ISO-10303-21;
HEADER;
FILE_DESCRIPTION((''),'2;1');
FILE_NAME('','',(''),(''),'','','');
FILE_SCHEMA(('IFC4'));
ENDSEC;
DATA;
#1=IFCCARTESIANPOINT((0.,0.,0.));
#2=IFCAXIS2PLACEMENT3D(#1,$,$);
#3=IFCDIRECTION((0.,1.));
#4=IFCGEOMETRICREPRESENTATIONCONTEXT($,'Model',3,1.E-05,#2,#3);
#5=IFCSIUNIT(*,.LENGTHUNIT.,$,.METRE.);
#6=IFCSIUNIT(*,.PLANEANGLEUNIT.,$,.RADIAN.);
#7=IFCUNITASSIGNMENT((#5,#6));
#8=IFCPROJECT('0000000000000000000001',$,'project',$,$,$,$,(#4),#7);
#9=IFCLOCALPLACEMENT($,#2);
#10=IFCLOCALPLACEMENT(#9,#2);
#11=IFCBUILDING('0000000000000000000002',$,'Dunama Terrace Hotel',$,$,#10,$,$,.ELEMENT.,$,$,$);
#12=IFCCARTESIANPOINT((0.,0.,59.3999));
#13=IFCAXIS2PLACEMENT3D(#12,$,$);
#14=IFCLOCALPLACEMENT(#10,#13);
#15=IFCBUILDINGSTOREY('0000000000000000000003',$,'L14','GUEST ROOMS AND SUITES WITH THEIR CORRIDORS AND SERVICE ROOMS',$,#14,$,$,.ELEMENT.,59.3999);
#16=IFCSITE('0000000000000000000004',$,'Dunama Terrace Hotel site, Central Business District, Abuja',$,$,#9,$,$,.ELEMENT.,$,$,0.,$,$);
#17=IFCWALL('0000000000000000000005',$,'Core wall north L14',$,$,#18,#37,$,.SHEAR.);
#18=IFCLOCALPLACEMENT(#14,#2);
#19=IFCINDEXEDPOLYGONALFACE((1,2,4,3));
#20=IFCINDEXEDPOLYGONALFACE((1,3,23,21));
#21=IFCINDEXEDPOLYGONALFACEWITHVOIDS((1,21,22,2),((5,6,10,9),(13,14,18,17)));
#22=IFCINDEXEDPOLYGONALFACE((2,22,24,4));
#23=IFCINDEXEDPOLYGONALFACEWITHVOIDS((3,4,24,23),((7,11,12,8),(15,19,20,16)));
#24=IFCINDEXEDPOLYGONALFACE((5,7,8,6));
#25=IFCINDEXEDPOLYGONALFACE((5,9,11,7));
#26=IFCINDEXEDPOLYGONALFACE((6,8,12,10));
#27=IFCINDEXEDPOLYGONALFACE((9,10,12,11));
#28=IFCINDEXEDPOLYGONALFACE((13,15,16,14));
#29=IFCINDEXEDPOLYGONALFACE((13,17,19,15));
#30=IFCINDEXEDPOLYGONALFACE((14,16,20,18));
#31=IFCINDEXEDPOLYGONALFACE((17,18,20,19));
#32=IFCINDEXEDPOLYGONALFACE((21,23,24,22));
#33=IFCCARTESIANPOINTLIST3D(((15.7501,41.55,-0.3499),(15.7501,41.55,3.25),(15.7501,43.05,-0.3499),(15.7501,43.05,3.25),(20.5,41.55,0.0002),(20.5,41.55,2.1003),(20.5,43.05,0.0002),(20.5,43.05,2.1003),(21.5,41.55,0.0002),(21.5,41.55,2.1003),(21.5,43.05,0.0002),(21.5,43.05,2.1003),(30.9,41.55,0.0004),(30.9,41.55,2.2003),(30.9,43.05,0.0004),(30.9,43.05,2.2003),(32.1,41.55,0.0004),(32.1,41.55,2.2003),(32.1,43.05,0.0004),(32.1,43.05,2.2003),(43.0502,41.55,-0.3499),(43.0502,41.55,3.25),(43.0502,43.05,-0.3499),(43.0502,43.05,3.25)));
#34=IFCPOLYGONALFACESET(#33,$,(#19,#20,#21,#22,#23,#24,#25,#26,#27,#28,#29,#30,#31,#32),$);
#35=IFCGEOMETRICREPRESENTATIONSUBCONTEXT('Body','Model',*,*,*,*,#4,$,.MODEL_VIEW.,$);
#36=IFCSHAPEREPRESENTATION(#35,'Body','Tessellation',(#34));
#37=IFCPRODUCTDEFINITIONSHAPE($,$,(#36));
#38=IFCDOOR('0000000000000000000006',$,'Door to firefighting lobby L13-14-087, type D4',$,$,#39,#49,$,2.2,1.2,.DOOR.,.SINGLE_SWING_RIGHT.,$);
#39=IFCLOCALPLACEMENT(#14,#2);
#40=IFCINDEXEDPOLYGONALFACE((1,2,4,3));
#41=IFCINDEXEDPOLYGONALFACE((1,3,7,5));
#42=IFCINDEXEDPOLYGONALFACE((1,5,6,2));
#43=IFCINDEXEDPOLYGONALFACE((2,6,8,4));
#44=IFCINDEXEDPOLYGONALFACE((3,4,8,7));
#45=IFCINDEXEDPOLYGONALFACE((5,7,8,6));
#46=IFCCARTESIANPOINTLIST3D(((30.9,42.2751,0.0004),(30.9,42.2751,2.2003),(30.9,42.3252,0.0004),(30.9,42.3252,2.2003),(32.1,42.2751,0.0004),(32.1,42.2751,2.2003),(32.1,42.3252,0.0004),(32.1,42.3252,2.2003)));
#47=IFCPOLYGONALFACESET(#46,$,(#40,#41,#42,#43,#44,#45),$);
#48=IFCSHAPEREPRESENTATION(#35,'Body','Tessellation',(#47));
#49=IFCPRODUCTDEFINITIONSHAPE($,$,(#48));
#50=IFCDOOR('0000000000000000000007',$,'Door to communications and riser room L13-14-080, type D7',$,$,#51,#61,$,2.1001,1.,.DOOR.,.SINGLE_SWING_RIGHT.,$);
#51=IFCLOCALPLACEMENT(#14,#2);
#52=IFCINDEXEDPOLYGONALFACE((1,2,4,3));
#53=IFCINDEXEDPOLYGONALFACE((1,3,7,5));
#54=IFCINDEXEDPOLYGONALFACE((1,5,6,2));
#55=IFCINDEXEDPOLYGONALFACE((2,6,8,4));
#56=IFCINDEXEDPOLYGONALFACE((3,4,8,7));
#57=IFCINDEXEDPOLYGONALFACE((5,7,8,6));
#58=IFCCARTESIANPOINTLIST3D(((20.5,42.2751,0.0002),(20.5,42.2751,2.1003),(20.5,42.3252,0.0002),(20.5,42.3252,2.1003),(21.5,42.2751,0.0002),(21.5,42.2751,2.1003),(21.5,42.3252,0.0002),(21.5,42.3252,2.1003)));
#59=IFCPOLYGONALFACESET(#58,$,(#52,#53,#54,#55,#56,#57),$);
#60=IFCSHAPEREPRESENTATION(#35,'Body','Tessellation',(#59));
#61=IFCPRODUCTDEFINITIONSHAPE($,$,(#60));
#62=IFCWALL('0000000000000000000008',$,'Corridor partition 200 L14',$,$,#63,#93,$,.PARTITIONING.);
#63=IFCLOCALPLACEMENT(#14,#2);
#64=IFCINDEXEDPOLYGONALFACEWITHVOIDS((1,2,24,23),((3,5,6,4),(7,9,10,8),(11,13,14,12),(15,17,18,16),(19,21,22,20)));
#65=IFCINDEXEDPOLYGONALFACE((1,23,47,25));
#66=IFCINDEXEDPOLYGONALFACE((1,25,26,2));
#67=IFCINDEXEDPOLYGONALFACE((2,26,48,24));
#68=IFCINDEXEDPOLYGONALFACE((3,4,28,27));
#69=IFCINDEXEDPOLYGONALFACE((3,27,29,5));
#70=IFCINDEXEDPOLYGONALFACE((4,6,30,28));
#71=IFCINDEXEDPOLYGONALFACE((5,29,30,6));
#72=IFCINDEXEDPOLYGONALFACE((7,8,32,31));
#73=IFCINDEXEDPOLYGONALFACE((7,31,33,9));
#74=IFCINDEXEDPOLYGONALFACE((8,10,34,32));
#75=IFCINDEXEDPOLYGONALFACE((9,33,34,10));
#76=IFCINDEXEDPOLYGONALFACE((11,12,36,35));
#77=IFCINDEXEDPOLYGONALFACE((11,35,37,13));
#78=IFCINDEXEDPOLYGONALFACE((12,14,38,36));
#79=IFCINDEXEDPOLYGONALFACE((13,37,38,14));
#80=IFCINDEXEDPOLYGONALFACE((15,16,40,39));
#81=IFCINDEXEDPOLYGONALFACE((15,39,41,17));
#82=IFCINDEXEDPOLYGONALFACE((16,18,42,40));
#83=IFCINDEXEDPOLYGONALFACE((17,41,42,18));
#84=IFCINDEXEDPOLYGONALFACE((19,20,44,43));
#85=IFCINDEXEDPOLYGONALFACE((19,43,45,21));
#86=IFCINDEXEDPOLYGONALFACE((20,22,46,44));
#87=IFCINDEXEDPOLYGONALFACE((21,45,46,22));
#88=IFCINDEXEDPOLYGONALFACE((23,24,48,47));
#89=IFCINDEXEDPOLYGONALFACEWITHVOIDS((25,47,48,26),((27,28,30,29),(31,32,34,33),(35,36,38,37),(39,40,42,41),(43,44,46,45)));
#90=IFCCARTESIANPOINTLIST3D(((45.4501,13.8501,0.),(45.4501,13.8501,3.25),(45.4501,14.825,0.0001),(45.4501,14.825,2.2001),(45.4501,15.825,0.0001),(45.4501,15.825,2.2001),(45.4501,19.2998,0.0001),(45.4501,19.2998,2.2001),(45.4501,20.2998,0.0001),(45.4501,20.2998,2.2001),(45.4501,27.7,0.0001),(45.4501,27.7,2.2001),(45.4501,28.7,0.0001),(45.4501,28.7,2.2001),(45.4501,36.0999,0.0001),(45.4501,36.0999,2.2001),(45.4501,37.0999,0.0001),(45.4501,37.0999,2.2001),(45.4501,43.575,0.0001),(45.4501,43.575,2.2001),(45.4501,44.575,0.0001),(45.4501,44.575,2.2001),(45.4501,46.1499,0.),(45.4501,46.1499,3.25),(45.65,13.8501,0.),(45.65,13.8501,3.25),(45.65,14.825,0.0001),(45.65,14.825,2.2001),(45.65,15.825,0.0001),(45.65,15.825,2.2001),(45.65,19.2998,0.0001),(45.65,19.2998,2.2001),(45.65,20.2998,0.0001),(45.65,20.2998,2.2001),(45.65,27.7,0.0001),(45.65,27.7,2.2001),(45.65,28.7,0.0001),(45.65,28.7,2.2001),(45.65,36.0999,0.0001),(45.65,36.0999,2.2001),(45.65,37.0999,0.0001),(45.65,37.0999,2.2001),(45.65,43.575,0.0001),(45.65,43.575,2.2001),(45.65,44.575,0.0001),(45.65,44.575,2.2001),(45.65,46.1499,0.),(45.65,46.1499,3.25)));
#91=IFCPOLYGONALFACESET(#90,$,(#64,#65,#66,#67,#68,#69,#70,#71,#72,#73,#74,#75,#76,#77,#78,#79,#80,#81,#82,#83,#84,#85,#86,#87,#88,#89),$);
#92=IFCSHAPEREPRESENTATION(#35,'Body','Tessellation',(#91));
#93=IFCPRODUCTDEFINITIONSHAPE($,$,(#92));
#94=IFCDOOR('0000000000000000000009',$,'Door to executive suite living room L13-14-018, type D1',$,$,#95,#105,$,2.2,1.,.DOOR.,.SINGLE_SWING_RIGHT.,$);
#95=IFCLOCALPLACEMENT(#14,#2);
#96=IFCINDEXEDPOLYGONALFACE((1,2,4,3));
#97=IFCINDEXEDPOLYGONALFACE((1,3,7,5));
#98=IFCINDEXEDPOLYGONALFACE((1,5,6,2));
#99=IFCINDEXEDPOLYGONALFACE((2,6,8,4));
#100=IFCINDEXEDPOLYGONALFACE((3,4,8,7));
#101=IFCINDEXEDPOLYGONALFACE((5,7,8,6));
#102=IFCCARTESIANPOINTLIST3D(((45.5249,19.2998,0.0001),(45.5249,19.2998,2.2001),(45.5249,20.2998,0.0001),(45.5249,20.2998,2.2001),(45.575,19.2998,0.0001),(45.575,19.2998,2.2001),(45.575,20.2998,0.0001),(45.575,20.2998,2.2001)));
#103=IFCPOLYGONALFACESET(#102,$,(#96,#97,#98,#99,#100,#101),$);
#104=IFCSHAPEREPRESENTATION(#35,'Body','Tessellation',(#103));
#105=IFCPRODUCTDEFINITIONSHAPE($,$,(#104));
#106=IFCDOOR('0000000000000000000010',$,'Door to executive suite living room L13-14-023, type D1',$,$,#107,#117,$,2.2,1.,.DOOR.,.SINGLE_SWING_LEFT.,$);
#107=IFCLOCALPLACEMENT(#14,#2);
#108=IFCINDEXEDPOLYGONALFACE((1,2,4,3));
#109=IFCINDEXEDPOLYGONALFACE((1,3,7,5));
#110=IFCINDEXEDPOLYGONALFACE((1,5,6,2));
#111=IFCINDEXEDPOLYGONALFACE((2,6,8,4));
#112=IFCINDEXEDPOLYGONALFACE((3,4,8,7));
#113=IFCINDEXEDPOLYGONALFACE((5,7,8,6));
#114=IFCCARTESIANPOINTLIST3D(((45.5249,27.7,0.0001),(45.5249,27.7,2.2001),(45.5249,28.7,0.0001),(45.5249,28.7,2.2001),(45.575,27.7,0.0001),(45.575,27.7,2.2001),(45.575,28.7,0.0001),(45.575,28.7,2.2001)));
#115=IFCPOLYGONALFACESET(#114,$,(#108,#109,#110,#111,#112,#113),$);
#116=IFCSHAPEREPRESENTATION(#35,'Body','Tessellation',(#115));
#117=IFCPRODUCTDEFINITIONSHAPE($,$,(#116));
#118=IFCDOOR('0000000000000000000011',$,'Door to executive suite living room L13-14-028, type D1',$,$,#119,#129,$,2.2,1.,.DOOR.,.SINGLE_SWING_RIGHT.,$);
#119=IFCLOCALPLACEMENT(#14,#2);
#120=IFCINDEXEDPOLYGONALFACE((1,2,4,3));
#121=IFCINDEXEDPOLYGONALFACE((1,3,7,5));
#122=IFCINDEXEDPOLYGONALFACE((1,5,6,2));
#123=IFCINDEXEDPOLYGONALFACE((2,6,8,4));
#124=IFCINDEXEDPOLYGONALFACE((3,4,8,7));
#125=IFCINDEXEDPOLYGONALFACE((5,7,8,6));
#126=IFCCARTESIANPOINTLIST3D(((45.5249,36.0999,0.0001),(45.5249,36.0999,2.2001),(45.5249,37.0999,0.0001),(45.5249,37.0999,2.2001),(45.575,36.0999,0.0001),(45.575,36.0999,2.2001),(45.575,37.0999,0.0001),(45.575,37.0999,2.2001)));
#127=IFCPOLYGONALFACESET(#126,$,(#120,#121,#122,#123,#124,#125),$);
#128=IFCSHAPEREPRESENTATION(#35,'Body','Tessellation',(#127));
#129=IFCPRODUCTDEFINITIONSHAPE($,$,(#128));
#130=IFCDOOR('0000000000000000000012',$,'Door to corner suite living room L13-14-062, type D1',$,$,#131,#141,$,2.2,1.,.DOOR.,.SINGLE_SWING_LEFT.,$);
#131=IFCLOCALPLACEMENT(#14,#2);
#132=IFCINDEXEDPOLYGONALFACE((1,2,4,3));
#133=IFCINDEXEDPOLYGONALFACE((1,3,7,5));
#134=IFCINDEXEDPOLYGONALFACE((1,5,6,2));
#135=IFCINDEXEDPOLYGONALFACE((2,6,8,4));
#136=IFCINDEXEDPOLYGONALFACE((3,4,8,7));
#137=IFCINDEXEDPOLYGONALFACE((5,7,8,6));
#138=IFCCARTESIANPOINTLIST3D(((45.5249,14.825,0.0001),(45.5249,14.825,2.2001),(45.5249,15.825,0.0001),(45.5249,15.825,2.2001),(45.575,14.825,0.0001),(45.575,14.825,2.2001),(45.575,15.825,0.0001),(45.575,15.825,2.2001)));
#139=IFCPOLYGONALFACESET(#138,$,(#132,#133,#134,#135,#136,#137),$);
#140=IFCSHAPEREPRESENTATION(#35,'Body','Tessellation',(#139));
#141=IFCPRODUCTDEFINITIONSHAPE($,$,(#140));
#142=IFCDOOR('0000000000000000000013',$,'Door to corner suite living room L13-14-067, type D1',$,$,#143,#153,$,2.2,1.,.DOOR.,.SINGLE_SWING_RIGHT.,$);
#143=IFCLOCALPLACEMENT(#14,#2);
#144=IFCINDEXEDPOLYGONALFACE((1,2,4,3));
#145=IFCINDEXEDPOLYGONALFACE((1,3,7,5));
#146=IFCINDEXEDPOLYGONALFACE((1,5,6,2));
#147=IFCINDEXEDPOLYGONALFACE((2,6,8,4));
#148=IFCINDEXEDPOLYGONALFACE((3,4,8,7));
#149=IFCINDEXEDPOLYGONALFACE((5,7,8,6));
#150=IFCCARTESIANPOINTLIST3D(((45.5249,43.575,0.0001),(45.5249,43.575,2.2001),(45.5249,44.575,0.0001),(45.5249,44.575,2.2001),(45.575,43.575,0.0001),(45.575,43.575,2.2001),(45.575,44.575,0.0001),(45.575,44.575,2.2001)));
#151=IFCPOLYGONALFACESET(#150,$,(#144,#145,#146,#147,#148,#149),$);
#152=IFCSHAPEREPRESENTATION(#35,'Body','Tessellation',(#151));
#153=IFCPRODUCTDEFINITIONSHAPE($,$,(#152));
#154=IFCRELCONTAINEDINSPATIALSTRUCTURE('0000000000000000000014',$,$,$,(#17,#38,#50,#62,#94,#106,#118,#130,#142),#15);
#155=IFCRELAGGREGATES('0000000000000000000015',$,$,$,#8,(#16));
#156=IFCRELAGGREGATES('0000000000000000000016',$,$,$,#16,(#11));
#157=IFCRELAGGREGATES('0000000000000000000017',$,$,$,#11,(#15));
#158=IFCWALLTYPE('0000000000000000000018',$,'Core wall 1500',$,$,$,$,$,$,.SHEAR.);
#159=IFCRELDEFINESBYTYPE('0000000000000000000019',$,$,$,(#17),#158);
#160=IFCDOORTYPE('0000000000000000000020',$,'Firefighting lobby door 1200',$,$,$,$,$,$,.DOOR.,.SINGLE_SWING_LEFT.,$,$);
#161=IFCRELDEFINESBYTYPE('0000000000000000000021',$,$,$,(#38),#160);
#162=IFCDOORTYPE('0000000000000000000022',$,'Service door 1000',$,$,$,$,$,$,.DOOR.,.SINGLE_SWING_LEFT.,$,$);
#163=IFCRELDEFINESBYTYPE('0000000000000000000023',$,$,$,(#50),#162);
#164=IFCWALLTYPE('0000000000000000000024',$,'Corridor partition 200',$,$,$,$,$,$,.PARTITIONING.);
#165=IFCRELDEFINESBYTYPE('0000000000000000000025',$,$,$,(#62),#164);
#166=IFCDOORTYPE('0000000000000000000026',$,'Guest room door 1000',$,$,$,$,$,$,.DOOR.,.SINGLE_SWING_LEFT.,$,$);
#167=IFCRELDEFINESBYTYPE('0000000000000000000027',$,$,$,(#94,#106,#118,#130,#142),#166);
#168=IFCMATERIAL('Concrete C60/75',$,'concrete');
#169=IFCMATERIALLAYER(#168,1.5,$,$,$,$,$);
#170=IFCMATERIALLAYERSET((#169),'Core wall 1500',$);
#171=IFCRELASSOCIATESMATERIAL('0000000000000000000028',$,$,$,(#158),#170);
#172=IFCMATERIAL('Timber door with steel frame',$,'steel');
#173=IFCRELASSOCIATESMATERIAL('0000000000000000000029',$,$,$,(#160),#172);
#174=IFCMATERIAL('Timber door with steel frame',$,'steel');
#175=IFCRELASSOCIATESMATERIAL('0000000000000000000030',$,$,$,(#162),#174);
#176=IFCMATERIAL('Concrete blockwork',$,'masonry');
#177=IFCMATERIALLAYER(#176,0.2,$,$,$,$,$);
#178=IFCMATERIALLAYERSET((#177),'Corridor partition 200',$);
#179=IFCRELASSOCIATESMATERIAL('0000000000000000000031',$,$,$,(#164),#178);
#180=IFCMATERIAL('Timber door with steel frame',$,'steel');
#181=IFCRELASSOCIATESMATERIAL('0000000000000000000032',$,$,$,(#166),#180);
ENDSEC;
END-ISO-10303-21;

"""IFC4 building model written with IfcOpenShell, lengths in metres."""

from ifc_helpers import new_model, si_unit, direction, frame, frame_2d, origin, place, context, subcontext, project, spatial, rectangle, extrude, material, layer, layer_set, type_object, element, fill, save


model = new_model("IFC4")

# Units and contexts
model_context = context("Model", 3, precision=1e-05, world=origin(), true_north=direction((0.0, 1.0)))
body_context = subcontext(model_context, "Body", "Model", "MODEL_VIEW")
ifc_project = project(units=[si_unit("LENGTHUNIT", "METRE"), si_unit("PLANEANGLEUNIT", "RADIAN")], contexts=[model_context])

# Site, building, storey
site_placement = place(None, origin())
site = spatial("IfcSite", under=ifc_project, at=site_placement, Name="Dunama Terrace Hotel site, Central Business District, Abuja", CompositionType="ELEMENT", RefElevation=0.0)
building_placement = place(site_placement, origin())
building = spatial("IfcBuilding", under=site, at=building_placement, Name="Dunama Terrace Hotel", CompositionType="ELEMENT")
storey_placement = place(building_placement, frame((0.0, 0.0, 59.3999)))
storey = spatial("IfcBuildingStorey", under=building, at=storey_placement, Name="L14", Description="GUEST ROOMS AND SUITES WITH THEIR CORRIDORS AND SERVICE ROOMS", CompositionType="ELEMENT", Elevation=59.3999)

# Walls, openings, doors
ifc_material_1 = material(Name="Concrete C60/75", Category="concrete")
ifc_layer_1 = layer(ifc_material_1, 1.5)
ifc_layer_set_1 = layer_set([ifc_layer_1], Name="Core wall 1500")
wall_type_1 = type_object("IfcWallType", Name="Core wall 1500", PredefinedType="SHEAR", material=ifc_layer_set_1)
wall_1_placement = place(storey_placement, frame((43.05, 42.3, -0.3499), z_axis=(0.0, 0.0, 1.0), x_axis=(-1.0, 0.0, 0.0)))
wall_1 = element("IfcWall", 1, at=wall_1_placement, inside=storey, type_object=wall_type_1, Name="Core wall north L14", PredefinedType="SHEAR", context=body_context, shape_type="SweptSolid", body=[
    extrude(rectangle(XDim=27.3, YDim=1.5, at=frame_2d((13.6499, 0.0))), origin(), (0.0, 0.0, 1.0), 3.5999),
])
opening_1_placement = place(wall_1_placement, frame((21.55, 0.0, 0.3501)))
opening_1 = element("IfcOpeningElement", 2, at=opening_1_placement, cuts=wall_1, PredefinedType="OPENING", context=body_context, shape_type="SweptSolid", body=[
    extrude(rectangle(XDim=1.0, YDim=2.1001, at=frame_2d((0.5, 1.05))), frame((0.0, 0.76, 0.0), z_axis=(0.0, -1.0, 0.0), x_axis=(1.0, 0.0, 0.0)), (0.0, 0.0, 1.0), 1.52),
])
opening_2_placement = place(wall_1_placement, frame((10.95, 0.0, 0.3501)))
opening_2 = element("IfcOpeningElement", 3, at=opening_2_placement, cuts=wall_1, PredefinedType="OPENING", context=body_context, shape_type="SweptSolid", body=[
    extrude(rectangle(XDim=1.2, YDim=2.2, at=frame_2d((0.6001, 1.1001))), frame((0.0, 0.76, 0.0), z_axis=(0.0, -1.0, 0.0), x_axis=(1.0, 0.0, 0.0)), (0.0, 0.0, 1.0), 1.52),
])
ifc_material_2 = material(Name="Timber door with steel frame", Category="steel")
door_type_1 = type_object("IfcDoorType", Name="Firefighting lobby door 1200", OperationType="SINGLE_SWING_LEFT", PredefinedType="DOOR", material=ifc_material_2)
door_1_placement = place(opening_2_placement, origin())
door_1 = element("IfcDoor", 4, at=door_1_placement, inside=storey, type_object=door_type_1, Name="Door to firefighting lobby L13-14-087, type D4", OperationType="SINGLE_SWING_RIGHT", OverallHeight=2.2, OverallWidth=1.2, PredefinedType="DOOR", context=body_context, shape_type="SweptSolid", body=[
    extrude(rectangle(XDim=1.2, YDim=2.2, at=frame_2d((0.6001, 1.1001))), frame((0.0, 0.0249, 0.0), z_axis=(0.0, -1.0, 0.0), x_axis=(1.0, 0.0, 0.0)), (0.0, 0.0, 1.0), 0.05),
])
fill(opening_2, door_1)
ifc_material_3 = material(Name="Timber door with steel frame", Category="steel")
door_type_2 = type_object("IfcDoorType", Name="Service door 1000", OperationType="SINGLE_SWING_LEFT", PredefinedType="DOOR", material=ifc_material_3)
door_2_placement = place(opening_1_placement, origin())
door_2 = element("IfcDoor", 5, at=door_2_placement, inside=storey, type_object=door_type_2, Name="Door to communications and riser room L13-14-080, type D7", OperationType="SINGLE_SWING_RIGHT", OverallHeight=2.1001, OverallWidth=1.0, PredefinedType="DOOR", context=body_context, shape_type="SweptSolid", body=[
    extrude(rectangle(XDim=1.0, YDim=2.1001, at=frame_2d((0.5, 1.05))), frame((0.0, 0.0249, 0.0), z_axis=(0.0, -1.0, 0.0), x_axis=(1.0, 0.0, 0.0)), (0.0, 0.0, 1.0), 0.05),
])
fill(opening_1, door_2)
ifc_material_4 = material(Name="Concrete blockwork", Category="masonry")
ifc_layer_2 = layer(ifc_material_4, 0.2)
ifc_layer_set_2 = layer_set([ifc_layer_2], Name="Corridor partition 200")
wall_type_2 = type_object("IfcWallType", Name="Corridor partition 200", PredefinedType="PARTITIONING", material=ifc_layer_set_2)
wall_2_placement = place(storey_placement, frame((45.55, 46.1499, 0.0), z_axis=(0.0, 0.0, 1.0), x_axis=(0.0, -1.0, 0.0)))
wall_2 = element("IfcWall", 6, at=wall_2_placement, inside=storey, type_object=wall_type_2, Name="Corridor partition 200 L14", PredefinedType="PARTITIONING", context=body_context, shape_type="SweptSolid", body=[
    extrude(rectangle(XDim=32.2998, YDim=0.2, at=frame_2d((16.1499, 0.0))), origin(), (0.0, 0.0, 1.0), 3.25),
])
opening_3_placement = place(wall_2_placement, frame((25.8501, 0.0, 0.0)))
opening_3 = element("IfcOpeningElement", 7, at=opening_3_placement, cuts=wall_2, PredefinedType="OPENING", context=body_context, shape_type="SweptSolid", body=[
    extrude(rectangle(XDim=1.0, YDim=2.2, at=frame_2d((0.5, 1.1001))), frame((0.0, 0.1099, 0.0), z_axis=(0.0, -1.0, 0.0), x_axis=(1.0, 0.0, 0.0)), (0.0, 0.0, 1.0), 0.22),
])
opening_4_placement = place(wall_2_placement, frame((17.45, 0.0, 0.0)))
opening_4 = element("IfcOpeningElement", 8, at=opening_4_placement, cuts=wall_2, PredefinedType="OPENING", context=body_context, shape_type="SweptSolid", body=[
    extrude(rectangle(XDim=1.0, YDim=2.2, at=frame_2d((0.5, 1.1001))), frame((0.0, 0.1099, 0.0), z_axis=(0.0, -1.0, 0.0), x_axis=(1.0, 0.0, 0.0)), (0.0, 0.0, 1.0), 0.22),
])
opening_5_placement = place(wall_2_placement, frame((9.05, 0.0, 0.0)))
opening_5 = element("IfcOpeningElement", 9, at=opening_5_placement, cuts=wall_2, PredefinedType="OPENING", context=body_context, shape_type="SweptSolid", body=[
    extrude(rectangle(XDim=1.0, YDim=2.2, at=frame_2d((0.5, 1.1001))), frame((0.0, 0.1099, 0.0), z_axis=(0.0, -1.0, 0.0), x_axis=(1.0, 0.0, 0.0)), (0.0, 0.0, 1.0), 0.22),
])
opening_6_placement = place(wall_2_placement, frame((30.325, 0.0, 0.0)))
opening_6 = element("IfcOpeningElement", 10, at=opening_6_placement, cuts=wall_2, PredefinedType="OPENING", context=body_context, shape_type="SweptSolid", body=[
    extrude(rectangle(XDim=1.0, YDim=2.2, at=frame_2d((0.5, 1.1001))), frame((0.0, 0.1099, 0.0), z_axis=(0.0, -1.0, 0.0), x_axis=(1.0, 0.0, 0.0)), (0.0, 0.0, 1.0), 0.22),
])
opening_7_placement = place(wall_2_placement, frame((1.575, 0.0, 0.0)))
opening_7 = element("IfcOpeningElement", 11, at=opening_7_placement, cuts=wall_2, PredefinedType="OPENING", context=body_context, shape_type="SweptSolid", body=[
    extrude(rectangle(XDim=1.0, YDim=2.2, at=frame_2d((0.5, 1.1001))), frame((0.0, 0.1099, 0.0), z_axis=(0.0, -1.0, 0.0), x_axis=(1.0, 0.0, 0.0)), (0.0, 0.0, 1.0), 0.22),
])
ifc_material_5 = material(Name="Timber door with steel frame", Category="steel")
door_type_3 = type_object("IfcDoorType", Name="Guest room door 1000", OperationType="SINGLE_SWING_LEFT", PredefinedType="DOOR", material=ifc_material_5)
door_3_placement = place(opening_3_placement, origin())
door_3 = element("IfcDoor", 12, at=door_3_placement, inside=storey, type_object=door_type_3, Name="Door to executive suite living room L13-14-018, type D1", OperationType="SINGLE_SWING_RIGHT", OverallHeight=2.2, OverallWidth=1.0, PredefinedType="DOOR", context=body_context, shape_type="SweptSolid", body=[
    extrude(rectangle(XDim=1.0, YDim=2.2, at=frame_2d((0.5, 1.1001))), frame((0.0, 0.0249, 0.0), z_axis=(0.0, -1.0, 0.0), x_axis=(1.0, 0.0, 0.0)), (0.0, 0.0, 1.0), 0.05),
])
fill(opening_3, door_3)
door_4_placement = place(opening_4_placement, origin())
door_4 = element("IfcDoor", 13, at=door_4_placement, inside=storey, type_object=door_type_3, Name="Door to executive suite living room L13-14-023, type D1", OperationType="SINGLE_SWING_LEFT", OverallHeight=2.2, OverallWidth=1.0, PredefinedType="DOOR", context=body_context, shape_type="SweptSolid", body=[
    extrude(rectangle(XDim=1.0, YDim=2.2, at=frame_2d((0.5, 1.1001))), frame((0.0, 0.0249, 0.0), z_axis=(0.0, -1.0, 0.0), x_axis=(1.0, 0.0, 0.0)), (0.0, 0.0, 1.0), 0.05),
])
fill(opening_4, door_4)
door_5_placement = place(opening_5_placement, origin())
door_5 = element("IfcDoor", 14, at=door_5_placement, inside=storey, type_object=door_type_3, Name="Door to executive suite living room L13-14-028, type D1", OperationType="SINGLE_SWING_RIGHT", OverallHeight=2.2, OverallWidth=1.0, PredefinedType="DOOR", context=body_context, shape_type="SweptSolid", body=[
    extrude(rectangle(XDim=1.0, YDim=2.2, at=frame_2d((0.5, 1.1001))), frame((0.0, 0.0249, 0.0), z_axis=(0.0, -1.0, 0.0), x_axis=(1.0, 0.0, 0.0)), (0.0, 0.0, 1.0), 0.05),
])
fill(opening_5, door_5)
door_6_placement = place(opening_6_placement, origin())
door_6 = element("IfcDoor", 15, at=door_6_placement, inside=storey, type_object=door_type_3, Name="Door to corner suite living room L13-14-062, type D1", OperationType="SINGLE_SWING_LEFT", OverallHeight=2.2, OverallWidth=1.0, PredefinedType="DOOR", context=body_context, shape_type="SweptSolid", body=[
    extrude(rectangle(XDim=1.0, YDim=2.2, at=frame_2d((0.5, 1.1001))), frame((0.0, 0.0249, 0.0), z_axis=(0.0, -1.0, 0.0), x_axis=(1.0, 0.0, 0.0)), (0.0, 0.0, 1.0), 0.05),
])
fill(opening_6, door_6)
door_7_placement = place(opening_7_placement, origin())
door_7 = element("IfcDoor", 16, at=door_7_placement, inside=storey, type_object=door_type_3, Name="Door to corner suite living room L13-14-067, type D1", OperationType="SINGLE_SWING_RIGHT", OverallHeight=2.2, OverallWidth=1.0, PredefinedType="DOOR", context=body_context, shape_type="SweptSolid", body=[
    extrude(rectangle(XDim=1.0, YDim=2.2, at=frame_2d((0.5, 1.1001))), frame((0.0, 0.0249, 0.0), z_axis=(0.0, -1.0, 0.0), x_axis=(1.0, 0.0, 0.0)), (0.0, 0.0, 1.0), 0.05),
])
fill(opening_7, door_7)

save(model, "model.ifc")
